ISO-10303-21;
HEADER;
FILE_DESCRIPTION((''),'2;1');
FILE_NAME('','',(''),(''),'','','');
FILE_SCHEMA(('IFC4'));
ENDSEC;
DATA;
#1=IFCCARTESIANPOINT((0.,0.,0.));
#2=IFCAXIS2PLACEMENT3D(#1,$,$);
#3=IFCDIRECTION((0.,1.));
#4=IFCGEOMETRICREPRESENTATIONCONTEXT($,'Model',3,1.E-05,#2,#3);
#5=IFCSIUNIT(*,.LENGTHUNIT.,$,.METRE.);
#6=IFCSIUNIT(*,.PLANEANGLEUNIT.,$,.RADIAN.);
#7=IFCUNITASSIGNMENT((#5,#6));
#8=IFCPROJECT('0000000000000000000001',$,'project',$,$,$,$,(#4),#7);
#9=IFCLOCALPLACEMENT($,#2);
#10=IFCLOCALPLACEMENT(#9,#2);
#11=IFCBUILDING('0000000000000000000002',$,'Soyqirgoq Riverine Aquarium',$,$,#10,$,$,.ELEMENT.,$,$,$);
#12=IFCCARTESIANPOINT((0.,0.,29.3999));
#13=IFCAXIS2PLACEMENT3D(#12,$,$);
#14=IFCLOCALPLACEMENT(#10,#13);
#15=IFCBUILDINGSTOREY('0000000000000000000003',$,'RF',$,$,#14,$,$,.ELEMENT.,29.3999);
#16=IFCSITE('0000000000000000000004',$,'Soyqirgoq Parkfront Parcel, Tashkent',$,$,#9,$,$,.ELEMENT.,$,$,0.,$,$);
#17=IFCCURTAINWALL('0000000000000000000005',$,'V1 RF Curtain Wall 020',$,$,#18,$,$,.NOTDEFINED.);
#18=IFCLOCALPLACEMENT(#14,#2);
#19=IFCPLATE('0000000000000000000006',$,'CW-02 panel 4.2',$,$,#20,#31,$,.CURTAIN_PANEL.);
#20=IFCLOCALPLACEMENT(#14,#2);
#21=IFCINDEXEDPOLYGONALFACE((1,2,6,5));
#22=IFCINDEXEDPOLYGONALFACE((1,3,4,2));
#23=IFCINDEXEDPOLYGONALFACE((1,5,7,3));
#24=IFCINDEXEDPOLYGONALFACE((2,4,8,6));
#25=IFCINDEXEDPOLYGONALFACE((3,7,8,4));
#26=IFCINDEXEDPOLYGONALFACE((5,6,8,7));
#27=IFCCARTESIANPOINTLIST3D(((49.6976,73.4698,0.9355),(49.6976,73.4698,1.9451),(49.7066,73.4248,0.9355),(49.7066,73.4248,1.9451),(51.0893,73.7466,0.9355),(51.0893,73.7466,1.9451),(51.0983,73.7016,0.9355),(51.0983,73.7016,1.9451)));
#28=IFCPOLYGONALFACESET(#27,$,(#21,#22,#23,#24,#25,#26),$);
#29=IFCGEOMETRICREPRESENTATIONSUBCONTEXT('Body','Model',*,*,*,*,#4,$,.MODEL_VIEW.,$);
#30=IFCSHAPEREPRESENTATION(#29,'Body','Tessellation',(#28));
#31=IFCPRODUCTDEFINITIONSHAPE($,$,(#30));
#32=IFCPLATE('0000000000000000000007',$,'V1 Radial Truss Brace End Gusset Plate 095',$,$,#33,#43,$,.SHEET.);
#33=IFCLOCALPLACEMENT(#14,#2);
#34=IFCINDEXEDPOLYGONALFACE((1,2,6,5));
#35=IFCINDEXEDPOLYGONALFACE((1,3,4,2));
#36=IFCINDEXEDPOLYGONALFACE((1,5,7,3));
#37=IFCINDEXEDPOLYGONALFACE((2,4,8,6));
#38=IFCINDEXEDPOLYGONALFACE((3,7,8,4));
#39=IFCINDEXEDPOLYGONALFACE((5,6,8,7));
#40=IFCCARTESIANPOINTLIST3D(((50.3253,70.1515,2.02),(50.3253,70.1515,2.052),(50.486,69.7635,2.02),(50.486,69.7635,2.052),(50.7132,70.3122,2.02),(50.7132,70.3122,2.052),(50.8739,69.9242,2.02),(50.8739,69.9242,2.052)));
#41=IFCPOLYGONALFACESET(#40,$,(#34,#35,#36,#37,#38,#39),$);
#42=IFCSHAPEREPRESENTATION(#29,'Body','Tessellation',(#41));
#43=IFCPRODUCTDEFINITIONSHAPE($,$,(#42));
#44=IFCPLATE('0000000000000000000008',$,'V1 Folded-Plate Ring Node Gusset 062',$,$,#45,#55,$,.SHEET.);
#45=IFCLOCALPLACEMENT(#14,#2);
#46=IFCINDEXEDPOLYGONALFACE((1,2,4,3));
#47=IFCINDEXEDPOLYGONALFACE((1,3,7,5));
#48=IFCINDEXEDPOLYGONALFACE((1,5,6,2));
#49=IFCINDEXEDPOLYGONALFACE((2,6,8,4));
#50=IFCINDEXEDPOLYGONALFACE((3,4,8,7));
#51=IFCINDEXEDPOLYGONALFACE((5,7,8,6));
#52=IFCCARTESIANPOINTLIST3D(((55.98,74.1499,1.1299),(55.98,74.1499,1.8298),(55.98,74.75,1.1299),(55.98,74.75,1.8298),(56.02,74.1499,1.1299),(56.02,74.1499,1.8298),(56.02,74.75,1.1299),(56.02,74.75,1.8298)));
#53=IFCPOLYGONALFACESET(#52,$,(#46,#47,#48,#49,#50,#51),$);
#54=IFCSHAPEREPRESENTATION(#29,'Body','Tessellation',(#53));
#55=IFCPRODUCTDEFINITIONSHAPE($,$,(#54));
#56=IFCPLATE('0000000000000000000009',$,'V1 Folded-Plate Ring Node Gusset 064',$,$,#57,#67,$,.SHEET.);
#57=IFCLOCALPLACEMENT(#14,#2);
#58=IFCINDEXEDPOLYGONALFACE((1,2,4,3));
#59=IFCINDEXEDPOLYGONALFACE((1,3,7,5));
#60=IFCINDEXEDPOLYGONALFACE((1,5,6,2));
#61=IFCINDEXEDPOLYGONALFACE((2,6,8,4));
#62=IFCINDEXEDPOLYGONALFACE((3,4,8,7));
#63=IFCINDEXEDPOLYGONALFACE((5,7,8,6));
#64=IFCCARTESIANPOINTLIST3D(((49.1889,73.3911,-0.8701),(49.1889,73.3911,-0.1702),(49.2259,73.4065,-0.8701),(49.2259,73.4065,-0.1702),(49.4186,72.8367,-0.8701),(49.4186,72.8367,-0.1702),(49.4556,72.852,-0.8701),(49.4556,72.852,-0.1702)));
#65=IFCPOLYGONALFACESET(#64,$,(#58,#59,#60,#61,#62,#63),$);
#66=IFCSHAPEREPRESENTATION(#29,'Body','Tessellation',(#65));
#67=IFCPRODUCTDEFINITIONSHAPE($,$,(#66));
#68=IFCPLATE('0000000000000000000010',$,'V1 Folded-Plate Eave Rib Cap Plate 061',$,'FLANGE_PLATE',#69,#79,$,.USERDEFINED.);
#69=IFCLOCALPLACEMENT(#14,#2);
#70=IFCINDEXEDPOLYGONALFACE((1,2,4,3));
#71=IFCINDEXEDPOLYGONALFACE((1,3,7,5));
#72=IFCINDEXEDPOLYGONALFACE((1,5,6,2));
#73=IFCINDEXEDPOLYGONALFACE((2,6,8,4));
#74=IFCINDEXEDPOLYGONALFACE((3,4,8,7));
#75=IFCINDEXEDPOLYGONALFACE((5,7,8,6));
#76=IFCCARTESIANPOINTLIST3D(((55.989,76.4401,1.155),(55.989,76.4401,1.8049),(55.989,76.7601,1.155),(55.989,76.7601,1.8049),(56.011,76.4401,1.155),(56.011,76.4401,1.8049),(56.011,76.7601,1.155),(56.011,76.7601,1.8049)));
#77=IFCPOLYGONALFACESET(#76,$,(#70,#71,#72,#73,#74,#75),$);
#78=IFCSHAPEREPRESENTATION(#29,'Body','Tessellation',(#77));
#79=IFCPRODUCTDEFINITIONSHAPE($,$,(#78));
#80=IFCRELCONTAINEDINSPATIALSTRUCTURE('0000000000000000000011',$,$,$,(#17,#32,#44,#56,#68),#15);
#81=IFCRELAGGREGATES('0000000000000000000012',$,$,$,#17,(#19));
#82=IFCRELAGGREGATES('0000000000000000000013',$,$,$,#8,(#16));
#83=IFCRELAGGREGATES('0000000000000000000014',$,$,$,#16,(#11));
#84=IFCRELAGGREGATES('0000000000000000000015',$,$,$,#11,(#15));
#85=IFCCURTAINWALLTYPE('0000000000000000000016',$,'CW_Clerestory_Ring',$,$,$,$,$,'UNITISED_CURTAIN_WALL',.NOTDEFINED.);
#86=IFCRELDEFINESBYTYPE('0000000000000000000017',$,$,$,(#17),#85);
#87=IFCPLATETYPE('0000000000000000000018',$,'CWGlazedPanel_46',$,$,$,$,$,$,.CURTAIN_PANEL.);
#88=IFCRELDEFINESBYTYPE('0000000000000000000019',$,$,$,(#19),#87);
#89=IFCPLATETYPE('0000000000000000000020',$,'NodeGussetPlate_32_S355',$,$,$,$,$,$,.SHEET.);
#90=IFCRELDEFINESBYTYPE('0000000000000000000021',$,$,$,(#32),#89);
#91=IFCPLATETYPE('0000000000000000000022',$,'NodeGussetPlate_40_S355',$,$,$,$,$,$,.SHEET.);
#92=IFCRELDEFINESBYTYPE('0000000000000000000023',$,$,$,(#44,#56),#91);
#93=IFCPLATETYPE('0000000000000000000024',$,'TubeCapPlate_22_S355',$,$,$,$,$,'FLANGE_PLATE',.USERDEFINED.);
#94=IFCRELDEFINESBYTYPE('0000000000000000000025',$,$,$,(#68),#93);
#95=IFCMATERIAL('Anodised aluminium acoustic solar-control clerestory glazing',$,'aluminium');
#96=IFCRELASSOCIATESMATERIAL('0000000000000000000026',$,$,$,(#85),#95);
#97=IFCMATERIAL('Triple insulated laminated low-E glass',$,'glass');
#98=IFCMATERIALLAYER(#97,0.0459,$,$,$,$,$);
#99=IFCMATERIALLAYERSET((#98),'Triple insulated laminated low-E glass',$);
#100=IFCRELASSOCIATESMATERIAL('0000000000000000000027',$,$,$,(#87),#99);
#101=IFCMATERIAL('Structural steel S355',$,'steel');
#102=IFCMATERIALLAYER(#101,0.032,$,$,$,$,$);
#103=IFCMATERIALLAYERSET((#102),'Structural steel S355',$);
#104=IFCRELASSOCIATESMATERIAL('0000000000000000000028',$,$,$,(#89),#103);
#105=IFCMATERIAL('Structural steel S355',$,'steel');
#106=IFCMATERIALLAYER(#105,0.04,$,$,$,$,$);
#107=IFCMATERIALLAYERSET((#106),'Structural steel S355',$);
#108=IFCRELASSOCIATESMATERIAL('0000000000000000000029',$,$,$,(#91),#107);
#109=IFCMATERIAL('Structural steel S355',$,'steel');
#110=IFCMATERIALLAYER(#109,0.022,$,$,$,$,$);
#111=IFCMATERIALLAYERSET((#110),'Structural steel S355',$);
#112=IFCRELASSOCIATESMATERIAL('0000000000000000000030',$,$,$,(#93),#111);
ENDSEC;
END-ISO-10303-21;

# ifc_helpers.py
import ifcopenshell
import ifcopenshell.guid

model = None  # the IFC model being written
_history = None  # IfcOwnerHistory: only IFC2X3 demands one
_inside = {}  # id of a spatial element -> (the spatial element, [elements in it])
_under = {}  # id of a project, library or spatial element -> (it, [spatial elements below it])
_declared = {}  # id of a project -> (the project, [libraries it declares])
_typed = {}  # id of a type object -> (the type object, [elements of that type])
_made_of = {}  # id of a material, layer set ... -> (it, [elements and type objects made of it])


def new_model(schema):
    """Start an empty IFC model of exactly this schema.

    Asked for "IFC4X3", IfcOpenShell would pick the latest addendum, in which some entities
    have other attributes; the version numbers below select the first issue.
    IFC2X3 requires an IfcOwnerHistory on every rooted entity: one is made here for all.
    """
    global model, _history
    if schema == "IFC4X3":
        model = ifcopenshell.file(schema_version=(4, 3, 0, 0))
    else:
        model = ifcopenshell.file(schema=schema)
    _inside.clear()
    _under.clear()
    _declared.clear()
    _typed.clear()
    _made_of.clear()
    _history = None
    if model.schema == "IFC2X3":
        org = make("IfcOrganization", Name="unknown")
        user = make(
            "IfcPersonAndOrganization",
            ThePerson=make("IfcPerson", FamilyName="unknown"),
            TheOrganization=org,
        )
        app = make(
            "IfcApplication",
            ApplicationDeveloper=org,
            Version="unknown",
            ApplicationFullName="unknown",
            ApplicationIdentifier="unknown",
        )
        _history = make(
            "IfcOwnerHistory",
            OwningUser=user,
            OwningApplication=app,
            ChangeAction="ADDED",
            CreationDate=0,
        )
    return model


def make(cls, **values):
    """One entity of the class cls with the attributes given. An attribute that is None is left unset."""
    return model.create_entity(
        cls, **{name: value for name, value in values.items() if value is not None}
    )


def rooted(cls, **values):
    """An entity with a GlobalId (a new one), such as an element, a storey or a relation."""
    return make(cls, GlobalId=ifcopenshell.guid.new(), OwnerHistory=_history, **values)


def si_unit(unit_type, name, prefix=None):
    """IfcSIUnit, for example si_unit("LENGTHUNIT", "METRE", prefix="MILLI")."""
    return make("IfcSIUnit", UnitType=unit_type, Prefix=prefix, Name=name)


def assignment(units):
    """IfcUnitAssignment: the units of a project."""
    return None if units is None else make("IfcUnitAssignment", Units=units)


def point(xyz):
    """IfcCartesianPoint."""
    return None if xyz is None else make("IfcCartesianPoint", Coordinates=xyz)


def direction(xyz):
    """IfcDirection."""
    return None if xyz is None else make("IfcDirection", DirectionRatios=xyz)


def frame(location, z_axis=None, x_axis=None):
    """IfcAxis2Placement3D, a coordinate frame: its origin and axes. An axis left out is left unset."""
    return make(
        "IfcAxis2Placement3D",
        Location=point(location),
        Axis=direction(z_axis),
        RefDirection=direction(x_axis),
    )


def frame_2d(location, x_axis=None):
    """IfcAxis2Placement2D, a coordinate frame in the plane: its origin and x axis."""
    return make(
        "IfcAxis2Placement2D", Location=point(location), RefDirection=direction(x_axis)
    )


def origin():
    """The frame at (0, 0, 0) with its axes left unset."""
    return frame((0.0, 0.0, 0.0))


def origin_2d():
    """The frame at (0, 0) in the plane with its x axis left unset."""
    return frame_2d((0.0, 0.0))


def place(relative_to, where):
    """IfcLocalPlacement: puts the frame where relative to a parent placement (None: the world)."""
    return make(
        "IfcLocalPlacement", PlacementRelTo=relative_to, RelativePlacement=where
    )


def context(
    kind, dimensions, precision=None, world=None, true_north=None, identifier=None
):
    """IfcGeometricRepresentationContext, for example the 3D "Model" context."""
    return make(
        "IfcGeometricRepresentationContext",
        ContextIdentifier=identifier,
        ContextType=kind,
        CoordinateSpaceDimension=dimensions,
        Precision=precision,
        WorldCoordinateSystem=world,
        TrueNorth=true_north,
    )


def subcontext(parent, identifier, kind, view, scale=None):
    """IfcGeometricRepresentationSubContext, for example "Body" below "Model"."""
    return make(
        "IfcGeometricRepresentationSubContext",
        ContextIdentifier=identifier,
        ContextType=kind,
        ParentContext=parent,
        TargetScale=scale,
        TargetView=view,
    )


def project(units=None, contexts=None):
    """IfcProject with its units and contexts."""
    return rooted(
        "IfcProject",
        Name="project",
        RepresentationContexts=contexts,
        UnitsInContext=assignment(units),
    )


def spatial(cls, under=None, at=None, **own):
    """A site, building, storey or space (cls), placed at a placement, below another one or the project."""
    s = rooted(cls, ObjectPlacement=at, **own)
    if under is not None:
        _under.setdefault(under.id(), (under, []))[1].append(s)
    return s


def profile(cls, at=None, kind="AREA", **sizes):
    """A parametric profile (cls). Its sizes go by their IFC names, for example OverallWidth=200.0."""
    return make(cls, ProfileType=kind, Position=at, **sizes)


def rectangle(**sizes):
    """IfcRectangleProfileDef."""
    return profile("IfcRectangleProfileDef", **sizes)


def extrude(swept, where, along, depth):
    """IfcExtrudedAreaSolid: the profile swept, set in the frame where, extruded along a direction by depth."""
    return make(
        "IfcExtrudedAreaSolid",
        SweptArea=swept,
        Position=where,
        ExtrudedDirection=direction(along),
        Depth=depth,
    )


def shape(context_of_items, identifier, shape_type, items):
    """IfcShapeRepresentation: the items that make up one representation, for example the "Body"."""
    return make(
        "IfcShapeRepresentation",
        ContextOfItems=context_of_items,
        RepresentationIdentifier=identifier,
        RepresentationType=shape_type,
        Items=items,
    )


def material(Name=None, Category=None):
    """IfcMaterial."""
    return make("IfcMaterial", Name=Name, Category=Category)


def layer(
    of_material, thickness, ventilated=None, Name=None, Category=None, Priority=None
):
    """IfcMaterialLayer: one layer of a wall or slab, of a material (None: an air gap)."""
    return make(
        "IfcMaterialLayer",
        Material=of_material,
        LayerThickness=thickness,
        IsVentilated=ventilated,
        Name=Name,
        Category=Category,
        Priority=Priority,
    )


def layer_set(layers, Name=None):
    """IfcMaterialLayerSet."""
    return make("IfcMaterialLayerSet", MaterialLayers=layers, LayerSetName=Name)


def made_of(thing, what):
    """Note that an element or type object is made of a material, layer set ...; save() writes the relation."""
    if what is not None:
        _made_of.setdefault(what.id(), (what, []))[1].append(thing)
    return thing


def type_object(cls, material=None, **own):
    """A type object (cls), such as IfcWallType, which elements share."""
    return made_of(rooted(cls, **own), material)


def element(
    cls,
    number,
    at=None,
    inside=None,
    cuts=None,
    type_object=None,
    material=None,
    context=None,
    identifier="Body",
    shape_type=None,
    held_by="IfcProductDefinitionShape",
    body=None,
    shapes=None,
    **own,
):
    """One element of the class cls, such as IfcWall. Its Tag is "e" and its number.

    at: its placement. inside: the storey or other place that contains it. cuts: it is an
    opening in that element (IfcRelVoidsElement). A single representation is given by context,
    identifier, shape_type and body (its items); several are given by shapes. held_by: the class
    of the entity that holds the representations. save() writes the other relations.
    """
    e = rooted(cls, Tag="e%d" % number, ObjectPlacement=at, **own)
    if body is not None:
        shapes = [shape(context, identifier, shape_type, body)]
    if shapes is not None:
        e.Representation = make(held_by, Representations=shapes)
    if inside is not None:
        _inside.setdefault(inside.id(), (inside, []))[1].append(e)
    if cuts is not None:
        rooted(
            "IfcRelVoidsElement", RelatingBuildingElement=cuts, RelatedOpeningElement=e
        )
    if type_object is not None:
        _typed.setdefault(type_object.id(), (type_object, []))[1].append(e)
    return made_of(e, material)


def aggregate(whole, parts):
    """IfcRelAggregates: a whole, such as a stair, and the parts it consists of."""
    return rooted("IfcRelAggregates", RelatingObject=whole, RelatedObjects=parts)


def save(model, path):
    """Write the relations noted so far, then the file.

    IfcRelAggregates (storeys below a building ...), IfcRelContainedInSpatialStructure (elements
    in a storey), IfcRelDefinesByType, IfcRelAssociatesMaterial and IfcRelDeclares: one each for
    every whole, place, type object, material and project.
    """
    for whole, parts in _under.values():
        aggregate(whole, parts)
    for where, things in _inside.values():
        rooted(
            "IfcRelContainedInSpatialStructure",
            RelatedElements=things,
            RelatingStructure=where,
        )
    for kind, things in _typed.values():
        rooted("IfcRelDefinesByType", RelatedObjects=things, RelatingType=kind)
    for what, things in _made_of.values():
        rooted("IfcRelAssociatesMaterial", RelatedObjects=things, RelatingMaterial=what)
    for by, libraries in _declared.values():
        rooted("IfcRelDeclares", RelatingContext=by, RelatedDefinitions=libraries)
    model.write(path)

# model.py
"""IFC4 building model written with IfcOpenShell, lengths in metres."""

from ifc_helpers import new_model, si_unit, direction, frame, origin, origin_2d, place, context, subcontext, project, spatial, rectangle, extrude, material, layer, layer_set, type_object, element, aggregate, save


model = new_model("IFC4")

# Units and contexts
model_context = context("Model", 3, precision=1e-05, world=origin(), true_north=direction((0.0, 1.0)))
body_context = subcontext(model_context, "Body", "Model", "MODEL_VIEW")
ifc_project = project(units=[si_unit("LENGTHUNIT", "METRE"), si_unit("PLANEANGLEUNIT", "RADIAN")], contexts=[model_context])

# Site, building, storey
site_placement = place(None, origin())
site = spatial("IfcSite", under=ifc_project, at=site_placement, Name="Soyqirgoq Parkfront Parcel, Tashkent", CompositionType="ELEMENT", RefElevation=0.0)
building_placement = place(site_placement, origin())
building = spatial("IfcBuilding", under=site, at=building_placement, Name="Soyqirgoq Riverine Aquarium", CompositionType="ELEMENT")
storey_placement = place(building_placement, frame((0.0, 0.0, 29.3999)))
storey = spatial("IfcBuildingStorey", under=building, at=storey_placement, Name="RF", CompositionType="ELEMENT", Elevation=29.3999)

# Curtain wall
ifc_material_1 = material(Name="Anodised aluminium acoustic solar-control clerestory glazing", Category="aluminium")
curtain_wall_type = type_object("IfcCurtainWallType", Name="CW_Clerestory_Ring", ElementType="UNITISED_CURTAIN_WALL", PredefinedType="NOTDEFINED", material=ifc_material_1)
curtain_wall_placement = place(storey_placement, origin())
curtain_wall = element("IfcCurtainWall", 1, at=curtain_wall_placement, inside=storey, type_object=curtain_wall_type, Name="V1 RF Curtain Wall 020", PredefinedType="NOTDEFINED")

# Plate
ifc_material_2 = material(Name="Triple insulated laminated low-E glass", Category="glass")
ifc_layer_1 = layer(ifc_material_2, 0.0459)
ifc_layer_set_1 = layer_set([ifc_layer_1], Name="Triple insulated laminated low-E glass")
plate_type_1 = type_object("IfcPlateType", Name="CWGlazedPanel_46", PredefinedType="CURTAIN_PANEL", material=ifc_layer_set_1)
plate_1_placement = place(storey_placement, frame((50.3979, 73.5857, 0.9355), z_axis=(0.0, 0.0, 1.0), x_axis=(-0.980784, -0.195095, 0.0)))
plate_1 = element("IfcPlate", 2, at=plate_1_placement, type_object=plate_type_1, Name="CW-02 panel 4.2", PredefinedType="CURTAIN_PANEL", context=body_context, shape_type="SweptSolid", body=[
    extrude(rectangle(XDim=1.4189, YDim=0.0459, at=origin_2d()), origin(), (0.0, 0.0, 1.0), 1.0095),
])
aggregate(curtain_wall, [plate_1])

# Plates
ifc_material_3 = material(Name="Structural steel S355", Category="steel")
ifc_layer_2 = layer(ifc_material_3, 0.032)
ifc_layer_set_2 = layer_set([ifc_layer_2], Name="Structural steel S355")
plate_type_2 = type_object("IfcPlateType", Name="NodeGussetPlate_32_S355", PredefinedType="SHEET", material=ifc_layer_set_2)
plate_2_placement = place(storey_placement, frame((50.5996, 70.0378, 2.02), z_axis=(0.0, 0.0, 1.0), x_axis=(-0.382683, 0.92388, 0.0)))
element("IfcPlate", 3, at=plate_2_placement, inside=storey, type_object=plate_type_2, Name="V1 Radial Truss Brace End Gusset Plate 095", PredefinedType="SHEET", context=body_context, shape_type="SweptSolid", body=[
    extrude(rectangle(XDim=0.4199, YDim=0.4199, at=origin_2d()), origin(), (0.0, 0.0, 1.0), 0.032),
])
ifc_material_4 = material(Name="Structural steel S355", Category="steel")
ifc_layer_3 = layer(ifc_material_4, 0.04)
ifc_layer_set_3 = layer_set([ifc_layer_3], Name="Structural steel S355")
plate_type_3 = type_object("IfcPlateType", Name="NodeGussetPlate_40_S355", PredefinedType="SHEET", material=ifc_layer_set_3)
for number, where, z_axis, x_axis, name in (
    (4, (56.0, 74.45, 1.1299), (0.0, 0.0, 1.0), (0.0, 1.0, 0.0), "V1 Folded-Plate Ring Node Gusset 062"),
    (5, (49.3223, 73.1216, -0.8701), (0.0, 0.0, 1.0), (-0.382683, 0.92388, 0.0), "V1 Folded-Plate Ring Node Gusset 064"),
):
    element("IfcPlate", number, at=place(storey_placement, frame(where, z_axis=z_axis, x_axis=x_axis)), inside=storey, type_object=plate_type_3, Name=name, PredefinedType="SHEET", context=body_context, shape_type="SweptSolid", body=[
        extrude(rectangle(XDim=0.6001, YDim=0.04, at=origin_2d()), origin(), (0.0, 0.0, 1.0), 0.7),
    ])
ifc_material_5 = material(Name="Structural steel S355", Category="steel")
ifc_layer_4 = layer(ifc_material_5, 0.022)
ifc_layer_set_4 = layer_set([ifc_layer_4], Name="Structural steel S355")
plate_type_4 = type_object("IfcPlateType", Name="TubeCapPlate_22_S355", ElementType="FLANGE_PLATE", PredefinedType="USERDEFINED", material=ifc_layer_set_4)
plate_3_placement = place(storey_placement, frame((56.0, 76.6001, 1.155), z_axis=(0.0, 0.0, 1.0), x_axis=(0.0, 1.0, 0.0)))
element("IfcPlate", 6, at=plate_3_placement, inside=storey, type_object=plate_type_4, Name="V1 Folded-Plate Eave Rib Cap Plate 061", ObjectType="FLANGE_PLATE", PredefinedType="USERDEFINED", context=body_context, shape_type="SweptSolid", body=[
    extrude(rectangle(XDim=0.3201, YDim=0.022, at=origin_2d()), origin(), (0.0, 0.0, 1.0), 0.6499),
])

save(model, "model.ifc")
